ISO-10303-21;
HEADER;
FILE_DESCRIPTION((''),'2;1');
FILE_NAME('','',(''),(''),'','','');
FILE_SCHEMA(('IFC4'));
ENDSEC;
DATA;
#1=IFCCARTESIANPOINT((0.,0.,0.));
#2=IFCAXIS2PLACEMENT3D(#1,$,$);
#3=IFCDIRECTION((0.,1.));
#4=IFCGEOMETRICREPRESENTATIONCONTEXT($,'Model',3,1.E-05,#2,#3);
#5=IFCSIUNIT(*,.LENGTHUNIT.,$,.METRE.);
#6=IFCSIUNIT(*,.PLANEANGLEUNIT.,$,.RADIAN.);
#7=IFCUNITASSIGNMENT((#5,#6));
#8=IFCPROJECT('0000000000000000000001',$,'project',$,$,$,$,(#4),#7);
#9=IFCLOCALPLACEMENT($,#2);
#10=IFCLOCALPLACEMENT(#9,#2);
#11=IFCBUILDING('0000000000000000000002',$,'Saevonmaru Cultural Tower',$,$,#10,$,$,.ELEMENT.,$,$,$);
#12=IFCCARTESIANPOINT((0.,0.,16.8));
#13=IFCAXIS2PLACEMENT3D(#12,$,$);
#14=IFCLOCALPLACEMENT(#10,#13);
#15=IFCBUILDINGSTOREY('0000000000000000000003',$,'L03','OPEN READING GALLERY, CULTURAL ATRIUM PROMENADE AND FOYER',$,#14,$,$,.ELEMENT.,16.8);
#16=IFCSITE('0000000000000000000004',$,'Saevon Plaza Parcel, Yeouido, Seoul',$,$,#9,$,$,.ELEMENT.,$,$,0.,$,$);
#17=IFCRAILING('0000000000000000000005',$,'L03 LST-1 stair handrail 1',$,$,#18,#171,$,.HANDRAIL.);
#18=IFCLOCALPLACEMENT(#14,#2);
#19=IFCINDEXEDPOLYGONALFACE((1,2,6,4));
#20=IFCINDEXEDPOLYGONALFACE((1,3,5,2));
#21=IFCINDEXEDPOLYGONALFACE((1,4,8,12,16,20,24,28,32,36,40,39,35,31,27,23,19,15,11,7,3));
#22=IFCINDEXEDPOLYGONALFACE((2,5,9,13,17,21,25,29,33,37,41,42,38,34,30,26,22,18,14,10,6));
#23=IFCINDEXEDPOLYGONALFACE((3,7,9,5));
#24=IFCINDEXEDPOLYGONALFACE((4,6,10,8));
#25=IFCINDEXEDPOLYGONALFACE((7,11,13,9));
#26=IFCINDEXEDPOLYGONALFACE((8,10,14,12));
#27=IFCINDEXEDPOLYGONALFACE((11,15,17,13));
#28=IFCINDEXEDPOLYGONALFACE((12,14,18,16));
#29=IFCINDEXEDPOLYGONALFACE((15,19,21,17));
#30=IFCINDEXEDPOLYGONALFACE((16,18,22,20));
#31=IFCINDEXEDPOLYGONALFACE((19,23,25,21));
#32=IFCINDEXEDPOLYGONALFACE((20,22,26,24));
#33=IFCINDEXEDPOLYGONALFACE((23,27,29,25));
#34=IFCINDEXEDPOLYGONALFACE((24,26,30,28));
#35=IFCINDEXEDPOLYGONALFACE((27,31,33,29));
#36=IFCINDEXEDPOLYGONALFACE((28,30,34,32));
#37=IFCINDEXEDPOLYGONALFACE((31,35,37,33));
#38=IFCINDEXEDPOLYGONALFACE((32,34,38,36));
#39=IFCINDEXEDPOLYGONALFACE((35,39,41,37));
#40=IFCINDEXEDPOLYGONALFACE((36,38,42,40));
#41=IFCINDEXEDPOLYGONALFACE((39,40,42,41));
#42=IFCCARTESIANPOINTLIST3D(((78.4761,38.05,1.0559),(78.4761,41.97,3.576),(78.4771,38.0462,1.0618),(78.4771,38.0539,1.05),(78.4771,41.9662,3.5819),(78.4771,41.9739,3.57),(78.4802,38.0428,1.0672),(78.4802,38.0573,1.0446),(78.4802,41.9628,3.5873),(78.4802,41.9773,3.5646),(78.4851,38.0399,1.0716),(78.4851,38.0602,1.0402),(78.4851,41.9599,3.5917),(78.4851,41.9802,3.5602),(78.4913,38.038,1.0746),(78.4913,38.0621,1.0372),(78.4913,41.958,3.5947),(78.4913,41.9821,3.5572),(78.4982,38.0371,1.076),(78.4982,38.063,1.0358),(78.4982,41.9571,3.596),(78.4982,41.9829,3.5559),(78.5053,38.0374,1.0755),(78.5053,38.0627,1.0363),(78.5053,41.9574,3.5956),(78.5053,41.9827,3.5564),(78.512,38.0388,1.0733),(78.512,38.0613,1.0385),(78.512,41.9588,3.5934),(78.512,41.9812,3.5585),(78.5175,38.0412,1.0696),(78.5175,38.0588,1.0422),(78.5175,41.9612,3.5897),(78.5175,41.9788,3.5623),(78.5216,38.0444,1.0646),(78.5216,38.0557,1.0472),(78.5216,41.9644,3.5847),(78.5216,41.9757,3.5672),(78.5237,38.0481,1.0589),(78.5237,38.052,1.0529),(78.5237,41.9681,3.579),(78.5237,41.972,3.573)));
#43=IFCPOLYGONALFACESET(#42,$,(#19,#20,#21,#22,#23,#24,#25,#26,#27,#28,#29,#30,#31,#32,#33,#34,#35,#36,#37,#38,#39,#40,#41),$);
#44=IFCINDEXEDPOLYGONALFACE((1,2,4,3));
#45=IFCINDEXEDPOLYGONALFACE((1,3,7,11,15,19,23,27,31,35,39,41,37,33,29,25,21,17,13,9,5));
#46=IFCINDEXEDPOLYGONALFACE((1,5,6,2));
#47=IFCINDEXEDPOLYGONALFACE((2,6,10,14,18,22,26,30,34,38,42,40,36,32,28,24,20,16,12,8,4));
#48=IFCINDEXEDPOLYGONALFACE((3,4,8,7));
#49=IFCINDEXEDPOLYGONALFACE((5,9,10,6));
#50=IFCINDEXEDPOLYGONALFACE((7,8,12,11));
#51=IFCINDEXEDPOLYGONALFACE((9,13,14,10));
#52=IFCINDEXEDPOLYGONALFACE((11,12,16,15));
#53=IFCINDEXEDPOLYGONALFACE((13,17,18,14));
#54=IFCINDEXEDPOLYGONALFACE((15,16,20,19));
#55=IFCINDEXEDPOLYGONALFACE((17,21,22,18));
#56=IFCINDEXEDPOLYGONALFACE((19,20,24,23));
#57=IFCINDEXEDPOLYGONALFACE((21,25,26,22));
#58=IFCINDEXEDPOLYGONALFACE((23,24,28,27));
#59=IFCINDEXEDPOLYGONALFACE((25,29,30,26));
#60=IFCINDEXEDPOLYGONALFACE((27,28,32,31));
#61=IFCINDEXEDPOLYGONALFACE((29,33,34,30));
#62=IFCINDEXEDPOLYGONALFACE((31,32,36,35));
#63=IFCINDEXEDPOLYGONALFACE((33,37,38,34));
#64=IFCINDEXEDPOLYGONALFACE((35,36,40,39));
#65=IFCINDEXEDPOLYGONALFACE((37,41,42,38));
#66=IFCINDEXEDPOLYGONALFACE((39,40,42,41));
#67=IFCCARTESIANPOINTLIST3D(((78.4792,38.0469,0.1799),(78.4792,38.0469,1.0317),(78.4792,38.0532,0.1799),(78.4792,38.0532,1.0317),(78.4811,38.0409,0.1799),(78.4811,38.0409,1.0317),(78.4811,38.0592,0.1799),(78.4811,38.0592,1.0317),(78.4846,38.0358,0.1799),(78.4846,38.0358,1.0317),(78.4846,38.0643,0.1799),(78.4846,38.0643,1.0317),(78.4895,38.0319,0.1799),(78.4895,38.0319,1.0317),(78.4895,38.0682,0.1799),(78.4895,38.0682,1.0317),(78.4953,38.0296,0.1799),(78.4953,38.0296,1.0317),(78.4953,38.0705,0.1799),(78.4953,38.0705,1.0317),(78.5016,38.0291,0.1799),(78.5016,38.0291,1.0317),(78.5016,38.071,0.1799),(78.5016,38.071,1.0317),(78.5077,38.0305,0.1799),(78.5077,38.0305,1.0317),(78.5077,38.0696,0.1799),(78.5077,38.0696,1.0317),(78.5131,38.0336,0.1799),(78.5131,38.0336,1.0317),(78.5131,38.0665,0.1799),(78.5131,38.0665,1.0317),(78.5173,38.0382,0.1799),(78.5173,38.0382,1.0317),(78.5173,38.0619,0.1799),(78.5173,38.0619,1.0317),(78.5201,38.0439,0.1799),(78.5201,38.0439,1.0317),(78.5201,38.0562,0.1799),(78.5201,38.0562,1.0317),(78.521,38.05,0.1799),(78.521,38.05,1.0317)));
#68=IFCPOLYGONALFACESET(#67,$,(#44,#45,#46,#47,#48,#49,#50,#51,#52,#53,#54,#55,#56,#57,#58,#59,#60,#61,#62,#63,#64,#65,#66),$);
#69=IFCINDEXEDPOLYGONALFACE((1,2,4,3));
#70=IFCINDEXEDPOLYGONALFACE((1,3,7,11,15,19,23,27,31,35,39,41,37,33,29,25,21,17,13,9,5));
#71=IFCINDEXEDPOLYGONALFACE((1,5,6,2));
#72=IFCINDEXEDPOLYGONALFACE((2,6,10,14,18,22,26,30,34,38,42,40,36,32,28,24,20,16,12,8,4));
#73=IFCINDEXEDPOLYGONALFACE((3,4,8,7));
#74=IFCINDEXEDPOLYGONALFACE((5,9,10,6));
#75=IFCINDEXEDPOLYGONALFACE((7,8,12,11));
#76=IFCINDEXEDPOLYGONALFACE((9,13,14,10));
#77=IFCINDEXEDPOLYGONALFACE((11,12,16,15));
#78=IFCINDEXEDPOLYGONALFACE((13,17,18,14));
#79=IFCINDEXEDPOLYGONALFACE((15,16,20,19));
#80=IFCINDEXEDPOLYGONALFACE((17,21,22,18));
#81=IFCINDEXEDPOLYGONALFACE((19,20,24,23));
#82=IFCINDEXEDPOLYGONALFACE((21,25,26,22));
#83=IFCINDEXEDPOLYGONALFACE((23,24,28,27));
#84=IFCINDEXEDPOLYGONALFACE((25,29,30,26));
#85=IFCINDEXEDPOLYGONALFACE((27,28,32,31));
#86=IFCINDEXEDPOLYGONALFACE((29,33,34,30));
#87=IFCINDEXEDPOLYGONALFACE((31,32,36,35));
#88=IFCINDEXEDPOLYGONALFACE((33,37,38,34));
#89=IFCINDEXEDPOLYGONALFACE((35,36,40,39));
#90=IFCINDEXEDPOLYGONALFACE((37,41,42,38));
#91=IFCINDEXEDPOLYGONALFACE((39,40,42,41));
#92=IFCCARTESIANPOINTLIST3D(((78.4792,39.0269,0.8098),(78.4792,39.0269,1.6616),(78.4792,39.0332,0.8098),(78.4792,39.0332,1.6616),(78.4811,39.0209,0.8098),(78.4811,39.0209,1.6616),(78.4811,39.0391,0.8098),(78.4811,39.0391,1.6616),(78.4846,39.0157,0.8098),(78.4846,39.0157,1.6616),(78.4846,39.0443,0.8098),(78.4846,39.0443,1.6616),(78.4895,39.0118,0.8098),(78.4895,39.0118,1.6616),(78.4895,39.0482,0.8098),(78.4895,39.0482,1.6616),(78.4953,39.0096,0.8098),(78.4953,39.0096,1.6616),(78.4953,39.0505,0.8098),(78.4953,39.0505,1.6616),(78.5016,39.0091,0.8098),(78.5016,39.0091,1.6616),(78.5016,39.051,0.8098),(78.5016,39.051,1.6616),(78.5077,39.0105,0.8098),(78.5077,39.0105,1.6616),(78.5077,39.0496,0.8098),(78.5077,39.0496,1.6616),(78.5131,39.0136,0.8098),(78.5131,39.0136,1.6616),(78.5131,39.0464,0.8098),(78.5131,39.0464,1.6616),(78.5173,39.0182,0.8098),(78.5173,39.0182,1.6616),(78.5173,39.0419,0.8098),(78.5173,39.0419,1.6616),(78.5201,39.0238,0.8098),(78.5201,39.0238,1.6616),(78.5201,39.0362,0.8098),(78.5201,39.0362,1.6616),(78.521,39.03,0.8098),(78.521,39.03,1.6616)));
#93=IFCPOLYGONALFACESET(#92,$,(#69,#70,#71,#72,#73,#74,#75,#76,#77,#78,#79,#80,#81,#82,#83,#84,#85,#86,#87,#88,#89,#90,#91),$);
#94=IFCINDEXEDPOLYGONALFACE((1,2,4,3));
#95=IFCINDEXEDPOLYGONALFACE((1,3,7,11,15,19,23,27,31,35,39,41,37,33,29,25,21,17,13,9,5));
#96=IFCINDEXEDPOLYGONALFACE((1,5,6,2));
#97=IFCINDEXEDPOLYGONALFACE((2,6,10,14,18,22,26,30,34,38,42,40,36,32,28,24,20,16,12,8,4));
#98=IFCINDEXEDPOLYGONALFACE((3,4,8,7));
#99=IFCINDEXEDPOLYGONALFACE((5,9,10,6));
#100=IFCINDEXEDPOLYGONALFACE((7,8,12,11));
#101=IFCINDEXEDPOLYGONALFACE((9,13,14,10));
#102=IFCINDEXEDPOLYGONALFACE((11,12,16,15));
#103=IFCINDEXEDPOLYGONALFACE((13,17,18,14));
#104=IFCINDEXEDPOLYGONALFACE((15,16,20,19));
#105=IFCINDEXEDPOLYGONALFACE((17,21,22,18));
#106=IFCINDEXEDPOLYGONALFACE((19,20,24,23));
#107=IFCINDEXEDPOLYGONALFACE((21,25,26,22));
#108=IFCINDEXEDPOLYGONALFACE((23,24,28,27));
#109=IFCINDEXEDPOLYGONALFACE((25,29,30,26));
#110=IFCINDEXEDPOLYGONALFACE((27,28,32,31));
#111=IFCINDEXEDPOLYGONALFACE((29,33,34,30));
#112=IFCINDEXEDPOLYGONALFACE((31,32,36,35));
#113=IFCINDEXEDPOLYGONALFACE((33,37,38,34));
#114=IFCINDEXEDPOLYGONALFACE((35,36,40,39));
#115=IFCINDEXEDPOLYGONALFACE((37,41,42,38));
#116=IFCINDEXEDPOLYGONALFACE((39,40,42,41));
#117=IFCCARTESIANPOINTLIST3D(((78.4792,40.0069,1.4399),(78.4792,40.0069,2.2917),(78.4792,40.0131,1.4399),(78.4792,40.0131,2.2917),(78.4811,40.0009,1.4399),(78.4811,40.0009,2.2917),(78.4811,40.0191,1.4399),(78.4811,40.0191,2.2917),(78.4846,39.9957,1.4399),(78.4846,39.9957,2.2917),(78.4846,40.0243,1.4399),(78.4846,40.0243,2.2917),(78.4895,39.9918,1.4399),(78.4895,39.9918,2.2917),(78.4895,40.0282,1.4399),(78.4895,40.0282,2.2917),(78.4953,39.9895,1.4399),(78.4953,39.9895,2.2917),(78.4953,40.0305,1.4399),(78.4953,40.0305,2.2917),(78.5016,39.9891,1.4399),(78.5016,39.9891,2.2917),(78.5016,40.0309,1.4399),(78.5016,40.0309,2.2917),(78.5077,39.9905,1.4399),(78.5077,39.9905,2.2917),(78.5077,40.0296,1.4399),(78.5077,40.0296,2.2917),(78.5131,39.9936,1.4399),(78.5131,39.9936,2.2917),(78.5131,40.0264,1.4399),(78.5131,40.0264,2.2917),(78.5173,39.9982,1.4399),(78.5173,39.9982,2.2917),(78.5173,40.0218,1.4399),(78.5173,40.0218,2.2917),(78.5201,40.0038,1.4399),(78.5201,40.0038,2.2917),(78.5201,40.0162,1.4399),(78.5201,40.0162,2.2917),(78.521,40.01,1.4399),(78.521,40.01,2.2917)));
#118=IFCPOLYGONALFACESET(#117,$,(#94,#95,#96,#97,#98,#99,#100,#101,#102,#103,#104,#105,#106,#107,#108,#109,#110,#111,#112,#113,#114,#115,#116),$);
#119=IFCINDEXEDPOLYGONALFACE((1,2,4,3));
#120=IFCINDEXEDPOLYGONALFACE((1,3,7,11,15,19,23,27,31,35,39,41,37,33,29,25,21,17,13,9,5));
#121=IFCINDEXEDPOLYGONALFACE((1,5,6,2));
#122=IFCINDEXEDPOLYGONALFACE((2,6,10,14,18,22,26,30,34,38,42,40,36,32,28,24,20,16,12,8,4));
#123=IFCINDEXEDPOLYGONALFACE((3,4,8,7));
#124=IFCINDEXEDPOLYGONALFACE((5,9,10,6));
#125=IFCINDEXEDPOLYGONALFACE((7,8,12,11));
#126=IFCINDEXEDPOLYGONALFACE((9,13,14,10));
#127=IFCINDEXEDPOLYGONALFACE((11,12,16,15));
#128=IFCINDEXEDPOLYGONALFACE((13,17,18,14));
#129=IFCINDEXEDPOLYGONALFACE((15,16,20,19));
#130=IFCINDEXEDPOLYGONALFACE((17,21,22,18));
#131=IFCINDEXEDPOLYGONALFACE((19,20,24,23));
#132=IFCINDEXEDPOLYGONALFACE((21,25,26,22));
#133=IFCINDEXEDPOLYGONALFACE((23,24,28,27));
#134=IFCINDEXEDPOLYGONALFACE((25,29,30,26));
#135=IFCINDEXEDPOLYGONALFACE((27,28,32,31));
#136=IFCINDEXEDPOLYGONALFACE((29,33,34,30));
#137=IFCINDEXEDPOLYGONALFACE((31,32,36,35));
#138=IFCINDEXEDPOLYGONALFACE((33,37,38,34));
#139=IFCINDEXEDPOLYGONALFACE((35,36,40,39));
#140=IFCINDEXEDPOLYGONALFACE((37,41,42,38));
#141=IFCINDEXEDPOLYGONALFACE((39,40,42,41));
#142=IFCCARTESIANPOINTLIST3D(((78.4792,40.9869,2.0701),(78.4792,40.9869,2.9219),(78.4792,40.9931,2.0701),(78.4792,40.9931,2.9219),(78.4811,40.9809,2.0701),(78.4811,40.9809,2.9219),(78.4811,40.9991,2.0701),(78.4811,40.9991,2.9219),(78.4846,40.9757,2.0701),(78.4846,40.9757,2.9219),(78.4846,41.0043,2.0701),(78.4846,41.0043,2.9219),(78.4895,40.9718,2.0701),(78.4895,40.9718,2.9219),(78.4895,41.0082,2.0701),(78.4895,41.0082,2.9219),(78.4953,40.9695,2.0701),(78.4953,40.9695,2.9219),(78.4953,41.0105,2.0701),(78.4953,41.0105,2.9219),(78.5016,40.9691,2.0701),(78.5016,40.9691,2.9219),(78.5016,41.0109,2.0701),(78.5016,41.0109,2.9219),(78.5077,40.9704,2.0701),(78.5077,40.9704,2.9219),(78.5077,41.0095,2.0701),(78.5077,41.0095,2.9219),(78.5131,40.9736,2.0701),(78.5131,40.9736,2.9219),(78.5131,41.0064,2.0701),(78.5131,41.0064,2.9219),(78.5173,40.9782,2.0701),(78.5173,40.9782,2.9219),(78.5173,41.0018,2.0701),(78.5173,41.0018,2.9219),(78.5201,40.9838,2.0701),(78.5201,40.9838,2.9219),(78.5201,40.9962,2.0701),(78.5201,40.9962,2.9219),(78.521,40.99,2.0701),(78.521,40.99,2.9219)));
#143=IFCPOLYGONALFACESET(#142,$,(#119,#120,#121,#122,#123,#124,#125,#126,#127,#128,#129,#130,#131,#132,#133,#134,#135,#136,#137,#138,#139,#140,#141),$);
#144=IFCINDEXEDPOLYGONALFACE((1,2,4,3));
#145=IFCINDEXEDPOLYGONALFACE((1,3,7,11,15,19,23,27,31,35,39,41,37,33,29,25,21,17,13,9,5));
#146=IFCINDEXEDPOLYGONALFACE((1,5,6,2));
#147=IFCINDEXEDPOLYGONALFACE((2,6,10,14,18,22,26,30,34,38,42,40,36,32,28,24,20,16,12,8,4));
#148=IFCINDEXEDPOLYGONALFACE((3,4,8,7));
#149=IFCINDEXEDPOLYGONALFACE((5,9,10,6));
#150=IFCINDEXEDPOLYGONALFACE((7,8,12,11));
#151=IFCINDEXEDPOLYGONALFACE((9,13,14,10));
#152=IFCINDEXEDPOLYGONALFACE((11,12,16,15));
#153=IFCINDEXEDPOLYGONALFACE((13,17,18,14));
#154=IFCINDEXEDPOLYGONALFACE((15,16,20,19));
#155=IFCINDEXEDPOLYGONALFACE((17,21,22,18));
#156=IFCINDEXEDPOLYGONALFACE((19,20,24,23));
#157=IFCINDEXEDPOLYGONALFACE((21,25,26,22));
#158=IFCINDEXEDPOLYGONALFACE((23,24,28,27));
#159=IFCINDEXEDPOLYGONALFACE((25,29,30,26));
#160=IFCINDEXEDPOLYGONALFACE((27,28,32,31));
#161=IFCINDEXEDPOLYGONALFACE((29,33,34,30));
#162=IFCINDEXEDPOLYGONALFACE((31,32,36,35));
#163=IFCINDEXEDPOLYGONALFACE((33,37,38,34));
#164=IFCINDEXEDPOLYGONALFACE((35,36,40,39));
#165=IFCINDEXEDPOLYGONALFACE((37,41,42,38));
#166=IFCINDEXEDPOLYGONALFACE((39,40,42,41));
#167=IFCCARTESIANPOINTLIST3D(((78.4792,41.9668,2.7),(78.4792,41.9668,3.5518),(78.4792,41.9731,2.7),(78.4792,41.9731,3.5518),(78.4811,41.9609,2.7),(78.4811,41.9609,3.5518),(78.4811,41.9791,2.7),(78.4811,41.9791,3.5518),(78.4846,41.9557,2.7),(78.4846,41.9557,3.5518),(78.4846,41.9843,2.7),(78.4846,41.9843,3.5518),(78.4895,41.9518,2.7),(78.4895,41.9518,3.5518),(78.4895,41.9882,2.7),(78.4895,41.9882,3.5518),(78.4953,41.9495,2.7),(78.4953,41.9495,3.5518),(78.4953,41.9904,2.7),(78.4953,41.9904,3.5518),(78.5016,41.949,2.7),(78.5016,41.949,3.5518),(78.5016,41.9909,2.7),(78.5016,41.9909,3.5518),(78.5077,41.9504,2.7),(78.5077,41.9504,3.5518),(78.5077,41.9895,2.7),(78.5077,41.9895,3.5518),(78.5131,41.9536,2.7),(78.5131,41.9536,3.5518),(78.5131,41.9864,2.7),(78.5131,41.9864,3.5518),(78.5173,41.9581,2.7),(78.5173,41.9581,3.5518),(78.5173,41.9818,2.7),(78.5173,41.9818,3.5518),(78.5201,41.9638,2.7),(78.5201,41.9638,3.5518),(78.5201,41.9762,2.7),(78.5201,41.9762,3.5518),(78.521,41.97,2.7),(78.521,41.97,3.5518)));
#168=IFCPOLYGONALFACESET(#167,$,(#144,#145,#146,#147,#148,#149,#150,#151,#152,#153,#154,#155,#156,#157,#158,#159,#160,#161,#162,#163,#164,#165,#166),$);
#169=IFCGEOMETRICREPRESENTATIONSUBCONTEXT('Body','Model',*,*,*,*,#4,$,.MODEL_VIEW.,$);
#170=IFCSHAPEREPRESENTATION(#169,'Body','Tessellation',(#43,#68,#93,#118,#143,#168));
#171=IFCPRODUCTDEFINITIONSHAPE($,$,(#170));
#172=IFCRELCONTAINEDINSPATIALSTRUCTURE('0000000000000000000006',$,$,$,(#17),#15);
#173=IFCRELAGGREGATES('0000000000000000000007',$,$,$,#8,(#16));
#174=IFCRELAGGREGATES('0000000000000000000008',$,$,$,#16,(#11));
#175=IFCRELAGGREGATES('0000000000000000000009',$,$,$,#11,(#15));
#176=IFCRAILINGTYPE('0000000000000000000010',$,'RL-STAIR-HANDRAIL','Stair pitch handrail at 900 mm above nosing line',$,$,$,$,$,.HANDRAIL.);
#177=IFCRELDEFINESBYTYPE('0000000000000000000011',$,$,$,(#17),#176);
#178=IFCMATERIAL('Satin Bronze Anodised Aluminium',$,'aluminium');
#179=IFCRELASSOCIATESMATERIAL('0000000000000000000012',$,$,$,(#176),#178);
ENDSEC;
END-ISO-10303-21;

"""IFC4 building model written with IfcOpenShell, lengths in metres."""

from ifc_helpers import new_model, si_unit, direction, frame, origin, origin_2d, place, context, subcontext, project, spatial, circle, extrude, material, type_object, element, save


model = new_model("IFC4")

# Units and contexts
model_context = context("Model", 3, precision=1e-05, world=origin(), true_north=direction((0.0, 1.0)))
body_context = subcontext(model_context, "Body", "Model", "MODEL_VIEW")
ifc_project = project(units=[si_unit("LENGTHUNIT", "METRE"), si_unit("PLANEANGLEUNIT", "RADIAN")], contexts=[model_context])

# Site, building, storey
site_placement = place(None, origin())
site = spatial("IfcSite", under=ifc_project, at=site_placement, Name="Saevon Plaza Parcel, Yeouido, Seoul", CompositionType="ELEMENT", RefElevation=0.0)
building_placement = place(site_placement, origin())
building = spatial("IfcBuilding", under=site, at=building_placement, Name="Saevonmaru Cultural Tower", CompositionType="ELEMENT")
storey_placement = place(building_placement, frame((0.0, 0.0, 16.8)))
storey = spatial("IfcBuildingStorey", under=building, at=storey_placement, Name="L03", Description="OPEN READING GALLERY, CULTURAL ATRIUM PROMENADE AND FOYER", CompositionType="ELEMENT", Elevation=16.8)

# Shared definitions
ifc_material_1 = material(Name="Satin Bronze Anodised Aluminium", Category="aluminium")

# Railing
railing_type_1 = type_object("IfcRailingType", Name="RL-STAIR-HANDRAIL", Description="Stair pitch handrail at 900 mm above nosing line", PredefinedType="HANDRAIL", material=ifc_material_1)
railing_1_placement = place(storey_placement, frame((78.5, 38.05, 0.1799)))
element("IfcRailing", 1, at=railing_1_placement, inside=storey, type_object=railing_type_1, Name="L03 LST-1 stair handrail 1", PredefinedType="HANDRAIL", context=body_context, shape_type="SweptSolid", body=[
    extrude(circle(Radius=0.0239, at=origin_2d()), frame((0.0, 0.0, 0.876), z_axis=(0.0, 0.841172, 0.540768), x_axis=(-1.0, 0.0, 0.0)), (0.0, 0.0, 1.0), 4.6602),
    extrude(circle(Radius=0.021, at=origin_2d()), origin(), (0.0, 0.0, 1.0), 0.8518),
    extrude(circle(Radius=0.021, at=origin_2d()), frame((0.0, 0.98, 0.6299)), (0.0, 0.0, 1.0), 0.8518),
    extrude(circle(Radius=0.021, at=origin_2d()), frame((0.0, 1.96, 1.26)), (0.0, 0.0, 1.0), 0.8518),
    extrude(circle(Radius=0.021, at=origin_2d()), frame((0.0, 2.9399, 1.8901)), (0.0, 0.0, 1.0), 0.8518),
    extrude(circle(Radius=0.021, at=origin_2d()), frame((0.0, 3.9199, 2.52)), (0.0, 0.0, 1.0), 0.8518),
])

save(model, "model.ifc")
